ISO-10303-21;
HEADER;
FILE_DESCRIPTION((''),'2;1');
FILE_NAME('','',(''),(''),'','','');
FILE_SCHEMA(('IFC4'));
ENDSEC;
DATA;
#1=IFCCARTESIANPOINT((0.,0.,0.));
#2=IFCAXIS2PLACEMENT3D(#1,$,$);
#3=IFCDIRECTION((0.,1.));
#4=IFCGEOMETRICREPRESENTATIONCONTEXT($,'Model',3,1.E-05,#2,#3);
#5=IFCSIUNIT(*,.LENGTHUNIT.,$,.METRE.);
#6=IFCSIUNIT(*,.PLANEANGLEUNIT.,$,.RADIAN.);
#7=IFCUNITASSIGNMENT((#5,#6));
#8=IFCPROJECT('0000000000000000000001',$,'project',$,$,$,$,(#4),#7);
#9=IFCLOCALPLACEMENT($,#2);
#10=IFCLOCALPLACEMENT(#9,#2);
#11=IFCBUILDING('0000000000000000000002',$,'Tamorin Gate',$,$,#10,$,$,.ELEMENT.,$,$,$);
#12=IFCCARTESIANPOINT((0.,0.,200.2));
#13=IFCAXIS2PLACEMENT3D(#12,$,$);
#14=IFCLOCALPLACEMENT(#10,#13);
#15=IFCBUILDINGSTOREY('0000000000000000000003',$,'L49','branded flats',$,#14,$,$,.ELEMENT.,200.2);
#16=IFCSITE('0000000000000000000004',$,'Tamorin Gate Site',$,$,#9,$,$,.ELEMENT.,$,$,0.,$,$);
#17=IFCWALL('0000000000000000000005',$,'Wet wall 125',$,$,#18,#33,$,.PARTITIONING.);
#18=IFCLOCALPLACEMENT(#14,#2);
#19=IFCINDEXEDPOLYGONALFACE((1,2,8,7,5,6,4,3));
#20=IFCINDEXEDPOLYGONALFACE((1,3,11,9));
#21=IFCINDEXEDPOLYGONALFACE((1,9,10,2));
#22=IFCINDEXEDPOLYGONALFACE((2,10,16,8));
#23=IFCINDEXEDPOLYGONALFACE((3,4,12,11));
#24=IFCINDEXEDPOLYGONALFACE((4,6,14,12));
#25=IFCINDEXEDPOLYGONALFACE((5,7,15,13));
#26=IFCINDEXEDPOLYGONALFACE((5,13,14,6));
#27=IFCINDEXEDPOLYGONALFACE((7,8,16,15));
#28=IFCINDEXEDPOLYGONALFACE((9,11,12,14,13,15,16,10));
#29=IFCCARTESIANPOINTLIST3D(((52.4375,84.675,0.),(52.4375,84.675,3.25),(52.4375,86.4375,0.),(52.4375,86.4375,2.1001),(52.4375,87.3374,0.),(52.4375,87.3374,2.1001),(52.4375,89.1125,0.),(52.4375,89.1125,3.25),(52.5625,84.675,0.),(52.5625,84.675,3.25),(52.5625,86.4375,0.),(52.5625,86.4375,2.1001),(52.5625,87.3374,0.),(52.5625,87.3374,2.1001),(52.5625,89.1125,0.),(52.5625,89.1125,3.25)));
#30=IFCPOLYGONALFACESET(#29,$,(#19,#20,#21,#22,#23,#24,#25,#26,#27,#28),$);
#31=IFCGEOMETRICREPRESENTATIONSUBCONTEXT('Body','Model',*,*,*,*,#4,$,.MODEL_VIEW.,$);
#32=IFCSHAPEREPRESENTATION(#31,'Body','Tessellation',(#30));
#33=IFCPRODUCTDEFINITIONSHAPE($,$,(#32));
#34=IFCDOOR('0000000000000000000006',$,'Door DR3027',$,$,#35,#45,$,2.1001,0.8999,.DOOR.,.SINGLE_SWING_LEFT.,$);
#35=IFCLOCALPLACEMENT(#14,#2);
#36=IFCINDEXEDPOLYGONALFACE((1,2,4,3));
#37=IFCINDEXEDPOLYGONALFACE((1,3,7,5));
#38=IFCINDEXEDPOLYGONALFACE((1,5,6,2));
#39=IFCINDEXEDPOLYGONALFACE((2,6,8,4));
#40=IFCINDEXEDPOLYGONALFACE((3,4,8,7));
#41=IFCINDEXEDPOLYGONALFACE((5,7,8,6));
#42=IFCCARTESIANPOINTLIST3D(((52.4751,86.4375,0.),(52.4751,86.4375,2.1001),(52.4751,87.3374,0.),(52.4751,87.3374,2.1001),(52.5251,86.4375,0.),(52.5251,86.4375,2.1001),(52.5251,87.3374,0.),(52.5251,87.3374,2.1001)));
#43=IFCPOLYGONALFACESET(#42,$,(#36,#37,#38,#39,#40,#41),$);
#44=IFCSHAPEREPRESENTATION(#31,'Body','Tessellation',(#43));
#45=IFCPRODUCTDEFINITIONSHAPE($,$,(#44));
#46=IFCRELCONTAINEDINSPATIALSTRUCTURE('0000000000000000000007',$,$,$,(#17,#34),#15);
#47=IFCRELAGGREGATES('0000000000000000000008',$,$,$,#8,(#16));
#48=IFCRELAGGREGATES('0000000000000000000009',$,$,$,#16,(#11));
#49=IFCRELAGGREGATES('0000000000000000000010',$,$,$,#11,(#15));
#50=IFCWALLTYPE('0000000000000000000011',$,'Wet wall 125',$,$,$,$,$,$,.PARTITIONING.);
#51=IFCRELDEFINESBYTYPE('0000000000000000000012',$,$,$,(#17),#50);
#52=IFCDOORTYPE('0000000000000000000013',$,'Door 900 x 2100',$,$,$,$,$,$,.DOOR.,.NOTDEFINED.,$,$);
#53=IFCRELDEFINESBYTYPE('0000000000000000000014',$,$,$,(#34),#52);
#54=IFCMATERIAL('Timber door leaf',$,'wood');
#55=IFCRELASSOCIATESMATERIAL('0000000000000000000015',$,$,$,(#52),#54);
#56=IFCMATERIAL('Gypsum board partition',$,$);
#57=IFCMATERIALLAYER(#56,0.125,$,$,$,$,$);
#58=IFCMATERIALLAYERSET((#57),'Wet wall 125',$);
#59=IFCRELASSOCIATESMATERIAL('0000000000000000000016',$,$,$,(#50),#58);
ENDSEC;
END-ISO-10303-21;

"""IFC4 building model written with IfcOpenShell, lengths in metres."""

from ifc_helpers import new_model, si_unit, direction, frame, frame_2d, origin, place, context, subcontext, project, spatial, rectangle, extrude, material, layer, layer_set, type_object, element, fill, save


model = new_model("IFC4")

# Units and contexts
model_context = context("Model", 3, precision=1e-05, world=origin(), true_north=direction((0.0, 1.0)))
body_context = subcontext(model_context, "Body", "Model", "MODEL_VIEW")
ifc_project = project(units=[si_unit("LENGTHUNIT", "METRE"), si_unit("PLANEANGLEUNIT", "RADIAN")], contexts=[model_context])

# Site, building, storey
site_placement = place(None, origin())
site = spatial("IfcSite", under=ifc_project, at=site_placement, Name="Tamorin Gate Site", CompositionType="ELEMENT", RefElevation=0.0)
building_placement = place(site_placement, origin())
building = spatial("IfcBuilding", under=site, at=building_placement, Name="Tamorin Gate", CompositionType="ELEMENT")
storey_placement = place(building_placement, frame((0.0, 0.0, 200.2)))
storey = spatial("IfcBuildingStorey", under=building, at=storey_placement, Name="L49", Description="branded flats", CompositionType="ELEMENT", Elevation=200.2)

# Shared definitions
ifc_material_1 = material(Name="Gypsum board partition")

# Shared definitions
ifc_material_2 = material(Name="Timber door leaf", Category="wood")
door_type_1 = type_object("IfcDoorType", Name="Door 900 x 2100", OperationType="NOTDEFINED", PredefinedType="DOOR", material=ifc_material_2)
ifc_layer_1 = layer(ifc_material_1, 0.125)
ifc_layer_set_1 = layer_set([ifc_layer_1], Name="Wet wall 125")
wall_type_1 = type_object("IfcWallType", Name="Wet wall 125", PredefinedType="PARTITIONING", material=ifc_layer_set_1)

# Wall, opening, door
wall_1_placement = place(storey_placement, frame((52.5, 84.675, 0.0), z_axis=(0.0, 0.0, 1.0), x_axis=(0.0, 1.0, 0.0)))
wall_1 = element("IfcWall", 1, at=wall_1_placement, inside=storey, type_object=wall_type_1, Name="Wet wall 125", PredefinedType="PARTITIONING", context=body_context, shape_type="SweptSolid", body=[
    extrude(rectangle(XDim=4.4375, YDim=0.125, at=frame_2d((2.2188, 0.0))), origin(), (0.0, 0.0, 1.0), 3.25),
])
opening_1_placement = place(wall_1_placement, frame((1.7625, 0.0, 0.0)))
opening_1 = element("IfcOpeningElement", 2, at=opening_1_placement, cuts=wall_1, PredefinedType="OPENING", context=body_context, shape_type="SweptSolid", body=[
    extrude(rectangle(XDim=0.8999, YDim=2.1001, at=frame_2d((0.45, 1.05))), frame((0.0, 0.0725, 0.0), z_axis=(0.0, -1.0, 0.0), x_axis=(1.0, 0.0, 0.0)), (0.0, 0.0, 1.0), 0.145),
])
door_1_placement = place(opening_1_placement, origin())
door_1 = element("IfcDoor", 3, at=door_1_placement, inside=storey, type_object=door_type_1, Name="Door DR3027", OperationType="SINGLE_SWING_LEFT", OverallHeight=2.1001, OverallWidth=0.8999, PredefinedType="DOOR", context=body_context, shape_type="SweptSolid", body=[
    extrude(rectangle(XDim=0.8999, YDim=2.1001, at=frame_2d((0.45, 1.05))), frame((0.0, 0.0249, 0.0), z_axis=(0.0, -1.0, 0.0), x_axis=(1.0, 0.0, 0.0)), (0.0, 0.0, 1.0), 0.05),
])
fill(opening_1, door_1)

save(model, "model.ifc")
